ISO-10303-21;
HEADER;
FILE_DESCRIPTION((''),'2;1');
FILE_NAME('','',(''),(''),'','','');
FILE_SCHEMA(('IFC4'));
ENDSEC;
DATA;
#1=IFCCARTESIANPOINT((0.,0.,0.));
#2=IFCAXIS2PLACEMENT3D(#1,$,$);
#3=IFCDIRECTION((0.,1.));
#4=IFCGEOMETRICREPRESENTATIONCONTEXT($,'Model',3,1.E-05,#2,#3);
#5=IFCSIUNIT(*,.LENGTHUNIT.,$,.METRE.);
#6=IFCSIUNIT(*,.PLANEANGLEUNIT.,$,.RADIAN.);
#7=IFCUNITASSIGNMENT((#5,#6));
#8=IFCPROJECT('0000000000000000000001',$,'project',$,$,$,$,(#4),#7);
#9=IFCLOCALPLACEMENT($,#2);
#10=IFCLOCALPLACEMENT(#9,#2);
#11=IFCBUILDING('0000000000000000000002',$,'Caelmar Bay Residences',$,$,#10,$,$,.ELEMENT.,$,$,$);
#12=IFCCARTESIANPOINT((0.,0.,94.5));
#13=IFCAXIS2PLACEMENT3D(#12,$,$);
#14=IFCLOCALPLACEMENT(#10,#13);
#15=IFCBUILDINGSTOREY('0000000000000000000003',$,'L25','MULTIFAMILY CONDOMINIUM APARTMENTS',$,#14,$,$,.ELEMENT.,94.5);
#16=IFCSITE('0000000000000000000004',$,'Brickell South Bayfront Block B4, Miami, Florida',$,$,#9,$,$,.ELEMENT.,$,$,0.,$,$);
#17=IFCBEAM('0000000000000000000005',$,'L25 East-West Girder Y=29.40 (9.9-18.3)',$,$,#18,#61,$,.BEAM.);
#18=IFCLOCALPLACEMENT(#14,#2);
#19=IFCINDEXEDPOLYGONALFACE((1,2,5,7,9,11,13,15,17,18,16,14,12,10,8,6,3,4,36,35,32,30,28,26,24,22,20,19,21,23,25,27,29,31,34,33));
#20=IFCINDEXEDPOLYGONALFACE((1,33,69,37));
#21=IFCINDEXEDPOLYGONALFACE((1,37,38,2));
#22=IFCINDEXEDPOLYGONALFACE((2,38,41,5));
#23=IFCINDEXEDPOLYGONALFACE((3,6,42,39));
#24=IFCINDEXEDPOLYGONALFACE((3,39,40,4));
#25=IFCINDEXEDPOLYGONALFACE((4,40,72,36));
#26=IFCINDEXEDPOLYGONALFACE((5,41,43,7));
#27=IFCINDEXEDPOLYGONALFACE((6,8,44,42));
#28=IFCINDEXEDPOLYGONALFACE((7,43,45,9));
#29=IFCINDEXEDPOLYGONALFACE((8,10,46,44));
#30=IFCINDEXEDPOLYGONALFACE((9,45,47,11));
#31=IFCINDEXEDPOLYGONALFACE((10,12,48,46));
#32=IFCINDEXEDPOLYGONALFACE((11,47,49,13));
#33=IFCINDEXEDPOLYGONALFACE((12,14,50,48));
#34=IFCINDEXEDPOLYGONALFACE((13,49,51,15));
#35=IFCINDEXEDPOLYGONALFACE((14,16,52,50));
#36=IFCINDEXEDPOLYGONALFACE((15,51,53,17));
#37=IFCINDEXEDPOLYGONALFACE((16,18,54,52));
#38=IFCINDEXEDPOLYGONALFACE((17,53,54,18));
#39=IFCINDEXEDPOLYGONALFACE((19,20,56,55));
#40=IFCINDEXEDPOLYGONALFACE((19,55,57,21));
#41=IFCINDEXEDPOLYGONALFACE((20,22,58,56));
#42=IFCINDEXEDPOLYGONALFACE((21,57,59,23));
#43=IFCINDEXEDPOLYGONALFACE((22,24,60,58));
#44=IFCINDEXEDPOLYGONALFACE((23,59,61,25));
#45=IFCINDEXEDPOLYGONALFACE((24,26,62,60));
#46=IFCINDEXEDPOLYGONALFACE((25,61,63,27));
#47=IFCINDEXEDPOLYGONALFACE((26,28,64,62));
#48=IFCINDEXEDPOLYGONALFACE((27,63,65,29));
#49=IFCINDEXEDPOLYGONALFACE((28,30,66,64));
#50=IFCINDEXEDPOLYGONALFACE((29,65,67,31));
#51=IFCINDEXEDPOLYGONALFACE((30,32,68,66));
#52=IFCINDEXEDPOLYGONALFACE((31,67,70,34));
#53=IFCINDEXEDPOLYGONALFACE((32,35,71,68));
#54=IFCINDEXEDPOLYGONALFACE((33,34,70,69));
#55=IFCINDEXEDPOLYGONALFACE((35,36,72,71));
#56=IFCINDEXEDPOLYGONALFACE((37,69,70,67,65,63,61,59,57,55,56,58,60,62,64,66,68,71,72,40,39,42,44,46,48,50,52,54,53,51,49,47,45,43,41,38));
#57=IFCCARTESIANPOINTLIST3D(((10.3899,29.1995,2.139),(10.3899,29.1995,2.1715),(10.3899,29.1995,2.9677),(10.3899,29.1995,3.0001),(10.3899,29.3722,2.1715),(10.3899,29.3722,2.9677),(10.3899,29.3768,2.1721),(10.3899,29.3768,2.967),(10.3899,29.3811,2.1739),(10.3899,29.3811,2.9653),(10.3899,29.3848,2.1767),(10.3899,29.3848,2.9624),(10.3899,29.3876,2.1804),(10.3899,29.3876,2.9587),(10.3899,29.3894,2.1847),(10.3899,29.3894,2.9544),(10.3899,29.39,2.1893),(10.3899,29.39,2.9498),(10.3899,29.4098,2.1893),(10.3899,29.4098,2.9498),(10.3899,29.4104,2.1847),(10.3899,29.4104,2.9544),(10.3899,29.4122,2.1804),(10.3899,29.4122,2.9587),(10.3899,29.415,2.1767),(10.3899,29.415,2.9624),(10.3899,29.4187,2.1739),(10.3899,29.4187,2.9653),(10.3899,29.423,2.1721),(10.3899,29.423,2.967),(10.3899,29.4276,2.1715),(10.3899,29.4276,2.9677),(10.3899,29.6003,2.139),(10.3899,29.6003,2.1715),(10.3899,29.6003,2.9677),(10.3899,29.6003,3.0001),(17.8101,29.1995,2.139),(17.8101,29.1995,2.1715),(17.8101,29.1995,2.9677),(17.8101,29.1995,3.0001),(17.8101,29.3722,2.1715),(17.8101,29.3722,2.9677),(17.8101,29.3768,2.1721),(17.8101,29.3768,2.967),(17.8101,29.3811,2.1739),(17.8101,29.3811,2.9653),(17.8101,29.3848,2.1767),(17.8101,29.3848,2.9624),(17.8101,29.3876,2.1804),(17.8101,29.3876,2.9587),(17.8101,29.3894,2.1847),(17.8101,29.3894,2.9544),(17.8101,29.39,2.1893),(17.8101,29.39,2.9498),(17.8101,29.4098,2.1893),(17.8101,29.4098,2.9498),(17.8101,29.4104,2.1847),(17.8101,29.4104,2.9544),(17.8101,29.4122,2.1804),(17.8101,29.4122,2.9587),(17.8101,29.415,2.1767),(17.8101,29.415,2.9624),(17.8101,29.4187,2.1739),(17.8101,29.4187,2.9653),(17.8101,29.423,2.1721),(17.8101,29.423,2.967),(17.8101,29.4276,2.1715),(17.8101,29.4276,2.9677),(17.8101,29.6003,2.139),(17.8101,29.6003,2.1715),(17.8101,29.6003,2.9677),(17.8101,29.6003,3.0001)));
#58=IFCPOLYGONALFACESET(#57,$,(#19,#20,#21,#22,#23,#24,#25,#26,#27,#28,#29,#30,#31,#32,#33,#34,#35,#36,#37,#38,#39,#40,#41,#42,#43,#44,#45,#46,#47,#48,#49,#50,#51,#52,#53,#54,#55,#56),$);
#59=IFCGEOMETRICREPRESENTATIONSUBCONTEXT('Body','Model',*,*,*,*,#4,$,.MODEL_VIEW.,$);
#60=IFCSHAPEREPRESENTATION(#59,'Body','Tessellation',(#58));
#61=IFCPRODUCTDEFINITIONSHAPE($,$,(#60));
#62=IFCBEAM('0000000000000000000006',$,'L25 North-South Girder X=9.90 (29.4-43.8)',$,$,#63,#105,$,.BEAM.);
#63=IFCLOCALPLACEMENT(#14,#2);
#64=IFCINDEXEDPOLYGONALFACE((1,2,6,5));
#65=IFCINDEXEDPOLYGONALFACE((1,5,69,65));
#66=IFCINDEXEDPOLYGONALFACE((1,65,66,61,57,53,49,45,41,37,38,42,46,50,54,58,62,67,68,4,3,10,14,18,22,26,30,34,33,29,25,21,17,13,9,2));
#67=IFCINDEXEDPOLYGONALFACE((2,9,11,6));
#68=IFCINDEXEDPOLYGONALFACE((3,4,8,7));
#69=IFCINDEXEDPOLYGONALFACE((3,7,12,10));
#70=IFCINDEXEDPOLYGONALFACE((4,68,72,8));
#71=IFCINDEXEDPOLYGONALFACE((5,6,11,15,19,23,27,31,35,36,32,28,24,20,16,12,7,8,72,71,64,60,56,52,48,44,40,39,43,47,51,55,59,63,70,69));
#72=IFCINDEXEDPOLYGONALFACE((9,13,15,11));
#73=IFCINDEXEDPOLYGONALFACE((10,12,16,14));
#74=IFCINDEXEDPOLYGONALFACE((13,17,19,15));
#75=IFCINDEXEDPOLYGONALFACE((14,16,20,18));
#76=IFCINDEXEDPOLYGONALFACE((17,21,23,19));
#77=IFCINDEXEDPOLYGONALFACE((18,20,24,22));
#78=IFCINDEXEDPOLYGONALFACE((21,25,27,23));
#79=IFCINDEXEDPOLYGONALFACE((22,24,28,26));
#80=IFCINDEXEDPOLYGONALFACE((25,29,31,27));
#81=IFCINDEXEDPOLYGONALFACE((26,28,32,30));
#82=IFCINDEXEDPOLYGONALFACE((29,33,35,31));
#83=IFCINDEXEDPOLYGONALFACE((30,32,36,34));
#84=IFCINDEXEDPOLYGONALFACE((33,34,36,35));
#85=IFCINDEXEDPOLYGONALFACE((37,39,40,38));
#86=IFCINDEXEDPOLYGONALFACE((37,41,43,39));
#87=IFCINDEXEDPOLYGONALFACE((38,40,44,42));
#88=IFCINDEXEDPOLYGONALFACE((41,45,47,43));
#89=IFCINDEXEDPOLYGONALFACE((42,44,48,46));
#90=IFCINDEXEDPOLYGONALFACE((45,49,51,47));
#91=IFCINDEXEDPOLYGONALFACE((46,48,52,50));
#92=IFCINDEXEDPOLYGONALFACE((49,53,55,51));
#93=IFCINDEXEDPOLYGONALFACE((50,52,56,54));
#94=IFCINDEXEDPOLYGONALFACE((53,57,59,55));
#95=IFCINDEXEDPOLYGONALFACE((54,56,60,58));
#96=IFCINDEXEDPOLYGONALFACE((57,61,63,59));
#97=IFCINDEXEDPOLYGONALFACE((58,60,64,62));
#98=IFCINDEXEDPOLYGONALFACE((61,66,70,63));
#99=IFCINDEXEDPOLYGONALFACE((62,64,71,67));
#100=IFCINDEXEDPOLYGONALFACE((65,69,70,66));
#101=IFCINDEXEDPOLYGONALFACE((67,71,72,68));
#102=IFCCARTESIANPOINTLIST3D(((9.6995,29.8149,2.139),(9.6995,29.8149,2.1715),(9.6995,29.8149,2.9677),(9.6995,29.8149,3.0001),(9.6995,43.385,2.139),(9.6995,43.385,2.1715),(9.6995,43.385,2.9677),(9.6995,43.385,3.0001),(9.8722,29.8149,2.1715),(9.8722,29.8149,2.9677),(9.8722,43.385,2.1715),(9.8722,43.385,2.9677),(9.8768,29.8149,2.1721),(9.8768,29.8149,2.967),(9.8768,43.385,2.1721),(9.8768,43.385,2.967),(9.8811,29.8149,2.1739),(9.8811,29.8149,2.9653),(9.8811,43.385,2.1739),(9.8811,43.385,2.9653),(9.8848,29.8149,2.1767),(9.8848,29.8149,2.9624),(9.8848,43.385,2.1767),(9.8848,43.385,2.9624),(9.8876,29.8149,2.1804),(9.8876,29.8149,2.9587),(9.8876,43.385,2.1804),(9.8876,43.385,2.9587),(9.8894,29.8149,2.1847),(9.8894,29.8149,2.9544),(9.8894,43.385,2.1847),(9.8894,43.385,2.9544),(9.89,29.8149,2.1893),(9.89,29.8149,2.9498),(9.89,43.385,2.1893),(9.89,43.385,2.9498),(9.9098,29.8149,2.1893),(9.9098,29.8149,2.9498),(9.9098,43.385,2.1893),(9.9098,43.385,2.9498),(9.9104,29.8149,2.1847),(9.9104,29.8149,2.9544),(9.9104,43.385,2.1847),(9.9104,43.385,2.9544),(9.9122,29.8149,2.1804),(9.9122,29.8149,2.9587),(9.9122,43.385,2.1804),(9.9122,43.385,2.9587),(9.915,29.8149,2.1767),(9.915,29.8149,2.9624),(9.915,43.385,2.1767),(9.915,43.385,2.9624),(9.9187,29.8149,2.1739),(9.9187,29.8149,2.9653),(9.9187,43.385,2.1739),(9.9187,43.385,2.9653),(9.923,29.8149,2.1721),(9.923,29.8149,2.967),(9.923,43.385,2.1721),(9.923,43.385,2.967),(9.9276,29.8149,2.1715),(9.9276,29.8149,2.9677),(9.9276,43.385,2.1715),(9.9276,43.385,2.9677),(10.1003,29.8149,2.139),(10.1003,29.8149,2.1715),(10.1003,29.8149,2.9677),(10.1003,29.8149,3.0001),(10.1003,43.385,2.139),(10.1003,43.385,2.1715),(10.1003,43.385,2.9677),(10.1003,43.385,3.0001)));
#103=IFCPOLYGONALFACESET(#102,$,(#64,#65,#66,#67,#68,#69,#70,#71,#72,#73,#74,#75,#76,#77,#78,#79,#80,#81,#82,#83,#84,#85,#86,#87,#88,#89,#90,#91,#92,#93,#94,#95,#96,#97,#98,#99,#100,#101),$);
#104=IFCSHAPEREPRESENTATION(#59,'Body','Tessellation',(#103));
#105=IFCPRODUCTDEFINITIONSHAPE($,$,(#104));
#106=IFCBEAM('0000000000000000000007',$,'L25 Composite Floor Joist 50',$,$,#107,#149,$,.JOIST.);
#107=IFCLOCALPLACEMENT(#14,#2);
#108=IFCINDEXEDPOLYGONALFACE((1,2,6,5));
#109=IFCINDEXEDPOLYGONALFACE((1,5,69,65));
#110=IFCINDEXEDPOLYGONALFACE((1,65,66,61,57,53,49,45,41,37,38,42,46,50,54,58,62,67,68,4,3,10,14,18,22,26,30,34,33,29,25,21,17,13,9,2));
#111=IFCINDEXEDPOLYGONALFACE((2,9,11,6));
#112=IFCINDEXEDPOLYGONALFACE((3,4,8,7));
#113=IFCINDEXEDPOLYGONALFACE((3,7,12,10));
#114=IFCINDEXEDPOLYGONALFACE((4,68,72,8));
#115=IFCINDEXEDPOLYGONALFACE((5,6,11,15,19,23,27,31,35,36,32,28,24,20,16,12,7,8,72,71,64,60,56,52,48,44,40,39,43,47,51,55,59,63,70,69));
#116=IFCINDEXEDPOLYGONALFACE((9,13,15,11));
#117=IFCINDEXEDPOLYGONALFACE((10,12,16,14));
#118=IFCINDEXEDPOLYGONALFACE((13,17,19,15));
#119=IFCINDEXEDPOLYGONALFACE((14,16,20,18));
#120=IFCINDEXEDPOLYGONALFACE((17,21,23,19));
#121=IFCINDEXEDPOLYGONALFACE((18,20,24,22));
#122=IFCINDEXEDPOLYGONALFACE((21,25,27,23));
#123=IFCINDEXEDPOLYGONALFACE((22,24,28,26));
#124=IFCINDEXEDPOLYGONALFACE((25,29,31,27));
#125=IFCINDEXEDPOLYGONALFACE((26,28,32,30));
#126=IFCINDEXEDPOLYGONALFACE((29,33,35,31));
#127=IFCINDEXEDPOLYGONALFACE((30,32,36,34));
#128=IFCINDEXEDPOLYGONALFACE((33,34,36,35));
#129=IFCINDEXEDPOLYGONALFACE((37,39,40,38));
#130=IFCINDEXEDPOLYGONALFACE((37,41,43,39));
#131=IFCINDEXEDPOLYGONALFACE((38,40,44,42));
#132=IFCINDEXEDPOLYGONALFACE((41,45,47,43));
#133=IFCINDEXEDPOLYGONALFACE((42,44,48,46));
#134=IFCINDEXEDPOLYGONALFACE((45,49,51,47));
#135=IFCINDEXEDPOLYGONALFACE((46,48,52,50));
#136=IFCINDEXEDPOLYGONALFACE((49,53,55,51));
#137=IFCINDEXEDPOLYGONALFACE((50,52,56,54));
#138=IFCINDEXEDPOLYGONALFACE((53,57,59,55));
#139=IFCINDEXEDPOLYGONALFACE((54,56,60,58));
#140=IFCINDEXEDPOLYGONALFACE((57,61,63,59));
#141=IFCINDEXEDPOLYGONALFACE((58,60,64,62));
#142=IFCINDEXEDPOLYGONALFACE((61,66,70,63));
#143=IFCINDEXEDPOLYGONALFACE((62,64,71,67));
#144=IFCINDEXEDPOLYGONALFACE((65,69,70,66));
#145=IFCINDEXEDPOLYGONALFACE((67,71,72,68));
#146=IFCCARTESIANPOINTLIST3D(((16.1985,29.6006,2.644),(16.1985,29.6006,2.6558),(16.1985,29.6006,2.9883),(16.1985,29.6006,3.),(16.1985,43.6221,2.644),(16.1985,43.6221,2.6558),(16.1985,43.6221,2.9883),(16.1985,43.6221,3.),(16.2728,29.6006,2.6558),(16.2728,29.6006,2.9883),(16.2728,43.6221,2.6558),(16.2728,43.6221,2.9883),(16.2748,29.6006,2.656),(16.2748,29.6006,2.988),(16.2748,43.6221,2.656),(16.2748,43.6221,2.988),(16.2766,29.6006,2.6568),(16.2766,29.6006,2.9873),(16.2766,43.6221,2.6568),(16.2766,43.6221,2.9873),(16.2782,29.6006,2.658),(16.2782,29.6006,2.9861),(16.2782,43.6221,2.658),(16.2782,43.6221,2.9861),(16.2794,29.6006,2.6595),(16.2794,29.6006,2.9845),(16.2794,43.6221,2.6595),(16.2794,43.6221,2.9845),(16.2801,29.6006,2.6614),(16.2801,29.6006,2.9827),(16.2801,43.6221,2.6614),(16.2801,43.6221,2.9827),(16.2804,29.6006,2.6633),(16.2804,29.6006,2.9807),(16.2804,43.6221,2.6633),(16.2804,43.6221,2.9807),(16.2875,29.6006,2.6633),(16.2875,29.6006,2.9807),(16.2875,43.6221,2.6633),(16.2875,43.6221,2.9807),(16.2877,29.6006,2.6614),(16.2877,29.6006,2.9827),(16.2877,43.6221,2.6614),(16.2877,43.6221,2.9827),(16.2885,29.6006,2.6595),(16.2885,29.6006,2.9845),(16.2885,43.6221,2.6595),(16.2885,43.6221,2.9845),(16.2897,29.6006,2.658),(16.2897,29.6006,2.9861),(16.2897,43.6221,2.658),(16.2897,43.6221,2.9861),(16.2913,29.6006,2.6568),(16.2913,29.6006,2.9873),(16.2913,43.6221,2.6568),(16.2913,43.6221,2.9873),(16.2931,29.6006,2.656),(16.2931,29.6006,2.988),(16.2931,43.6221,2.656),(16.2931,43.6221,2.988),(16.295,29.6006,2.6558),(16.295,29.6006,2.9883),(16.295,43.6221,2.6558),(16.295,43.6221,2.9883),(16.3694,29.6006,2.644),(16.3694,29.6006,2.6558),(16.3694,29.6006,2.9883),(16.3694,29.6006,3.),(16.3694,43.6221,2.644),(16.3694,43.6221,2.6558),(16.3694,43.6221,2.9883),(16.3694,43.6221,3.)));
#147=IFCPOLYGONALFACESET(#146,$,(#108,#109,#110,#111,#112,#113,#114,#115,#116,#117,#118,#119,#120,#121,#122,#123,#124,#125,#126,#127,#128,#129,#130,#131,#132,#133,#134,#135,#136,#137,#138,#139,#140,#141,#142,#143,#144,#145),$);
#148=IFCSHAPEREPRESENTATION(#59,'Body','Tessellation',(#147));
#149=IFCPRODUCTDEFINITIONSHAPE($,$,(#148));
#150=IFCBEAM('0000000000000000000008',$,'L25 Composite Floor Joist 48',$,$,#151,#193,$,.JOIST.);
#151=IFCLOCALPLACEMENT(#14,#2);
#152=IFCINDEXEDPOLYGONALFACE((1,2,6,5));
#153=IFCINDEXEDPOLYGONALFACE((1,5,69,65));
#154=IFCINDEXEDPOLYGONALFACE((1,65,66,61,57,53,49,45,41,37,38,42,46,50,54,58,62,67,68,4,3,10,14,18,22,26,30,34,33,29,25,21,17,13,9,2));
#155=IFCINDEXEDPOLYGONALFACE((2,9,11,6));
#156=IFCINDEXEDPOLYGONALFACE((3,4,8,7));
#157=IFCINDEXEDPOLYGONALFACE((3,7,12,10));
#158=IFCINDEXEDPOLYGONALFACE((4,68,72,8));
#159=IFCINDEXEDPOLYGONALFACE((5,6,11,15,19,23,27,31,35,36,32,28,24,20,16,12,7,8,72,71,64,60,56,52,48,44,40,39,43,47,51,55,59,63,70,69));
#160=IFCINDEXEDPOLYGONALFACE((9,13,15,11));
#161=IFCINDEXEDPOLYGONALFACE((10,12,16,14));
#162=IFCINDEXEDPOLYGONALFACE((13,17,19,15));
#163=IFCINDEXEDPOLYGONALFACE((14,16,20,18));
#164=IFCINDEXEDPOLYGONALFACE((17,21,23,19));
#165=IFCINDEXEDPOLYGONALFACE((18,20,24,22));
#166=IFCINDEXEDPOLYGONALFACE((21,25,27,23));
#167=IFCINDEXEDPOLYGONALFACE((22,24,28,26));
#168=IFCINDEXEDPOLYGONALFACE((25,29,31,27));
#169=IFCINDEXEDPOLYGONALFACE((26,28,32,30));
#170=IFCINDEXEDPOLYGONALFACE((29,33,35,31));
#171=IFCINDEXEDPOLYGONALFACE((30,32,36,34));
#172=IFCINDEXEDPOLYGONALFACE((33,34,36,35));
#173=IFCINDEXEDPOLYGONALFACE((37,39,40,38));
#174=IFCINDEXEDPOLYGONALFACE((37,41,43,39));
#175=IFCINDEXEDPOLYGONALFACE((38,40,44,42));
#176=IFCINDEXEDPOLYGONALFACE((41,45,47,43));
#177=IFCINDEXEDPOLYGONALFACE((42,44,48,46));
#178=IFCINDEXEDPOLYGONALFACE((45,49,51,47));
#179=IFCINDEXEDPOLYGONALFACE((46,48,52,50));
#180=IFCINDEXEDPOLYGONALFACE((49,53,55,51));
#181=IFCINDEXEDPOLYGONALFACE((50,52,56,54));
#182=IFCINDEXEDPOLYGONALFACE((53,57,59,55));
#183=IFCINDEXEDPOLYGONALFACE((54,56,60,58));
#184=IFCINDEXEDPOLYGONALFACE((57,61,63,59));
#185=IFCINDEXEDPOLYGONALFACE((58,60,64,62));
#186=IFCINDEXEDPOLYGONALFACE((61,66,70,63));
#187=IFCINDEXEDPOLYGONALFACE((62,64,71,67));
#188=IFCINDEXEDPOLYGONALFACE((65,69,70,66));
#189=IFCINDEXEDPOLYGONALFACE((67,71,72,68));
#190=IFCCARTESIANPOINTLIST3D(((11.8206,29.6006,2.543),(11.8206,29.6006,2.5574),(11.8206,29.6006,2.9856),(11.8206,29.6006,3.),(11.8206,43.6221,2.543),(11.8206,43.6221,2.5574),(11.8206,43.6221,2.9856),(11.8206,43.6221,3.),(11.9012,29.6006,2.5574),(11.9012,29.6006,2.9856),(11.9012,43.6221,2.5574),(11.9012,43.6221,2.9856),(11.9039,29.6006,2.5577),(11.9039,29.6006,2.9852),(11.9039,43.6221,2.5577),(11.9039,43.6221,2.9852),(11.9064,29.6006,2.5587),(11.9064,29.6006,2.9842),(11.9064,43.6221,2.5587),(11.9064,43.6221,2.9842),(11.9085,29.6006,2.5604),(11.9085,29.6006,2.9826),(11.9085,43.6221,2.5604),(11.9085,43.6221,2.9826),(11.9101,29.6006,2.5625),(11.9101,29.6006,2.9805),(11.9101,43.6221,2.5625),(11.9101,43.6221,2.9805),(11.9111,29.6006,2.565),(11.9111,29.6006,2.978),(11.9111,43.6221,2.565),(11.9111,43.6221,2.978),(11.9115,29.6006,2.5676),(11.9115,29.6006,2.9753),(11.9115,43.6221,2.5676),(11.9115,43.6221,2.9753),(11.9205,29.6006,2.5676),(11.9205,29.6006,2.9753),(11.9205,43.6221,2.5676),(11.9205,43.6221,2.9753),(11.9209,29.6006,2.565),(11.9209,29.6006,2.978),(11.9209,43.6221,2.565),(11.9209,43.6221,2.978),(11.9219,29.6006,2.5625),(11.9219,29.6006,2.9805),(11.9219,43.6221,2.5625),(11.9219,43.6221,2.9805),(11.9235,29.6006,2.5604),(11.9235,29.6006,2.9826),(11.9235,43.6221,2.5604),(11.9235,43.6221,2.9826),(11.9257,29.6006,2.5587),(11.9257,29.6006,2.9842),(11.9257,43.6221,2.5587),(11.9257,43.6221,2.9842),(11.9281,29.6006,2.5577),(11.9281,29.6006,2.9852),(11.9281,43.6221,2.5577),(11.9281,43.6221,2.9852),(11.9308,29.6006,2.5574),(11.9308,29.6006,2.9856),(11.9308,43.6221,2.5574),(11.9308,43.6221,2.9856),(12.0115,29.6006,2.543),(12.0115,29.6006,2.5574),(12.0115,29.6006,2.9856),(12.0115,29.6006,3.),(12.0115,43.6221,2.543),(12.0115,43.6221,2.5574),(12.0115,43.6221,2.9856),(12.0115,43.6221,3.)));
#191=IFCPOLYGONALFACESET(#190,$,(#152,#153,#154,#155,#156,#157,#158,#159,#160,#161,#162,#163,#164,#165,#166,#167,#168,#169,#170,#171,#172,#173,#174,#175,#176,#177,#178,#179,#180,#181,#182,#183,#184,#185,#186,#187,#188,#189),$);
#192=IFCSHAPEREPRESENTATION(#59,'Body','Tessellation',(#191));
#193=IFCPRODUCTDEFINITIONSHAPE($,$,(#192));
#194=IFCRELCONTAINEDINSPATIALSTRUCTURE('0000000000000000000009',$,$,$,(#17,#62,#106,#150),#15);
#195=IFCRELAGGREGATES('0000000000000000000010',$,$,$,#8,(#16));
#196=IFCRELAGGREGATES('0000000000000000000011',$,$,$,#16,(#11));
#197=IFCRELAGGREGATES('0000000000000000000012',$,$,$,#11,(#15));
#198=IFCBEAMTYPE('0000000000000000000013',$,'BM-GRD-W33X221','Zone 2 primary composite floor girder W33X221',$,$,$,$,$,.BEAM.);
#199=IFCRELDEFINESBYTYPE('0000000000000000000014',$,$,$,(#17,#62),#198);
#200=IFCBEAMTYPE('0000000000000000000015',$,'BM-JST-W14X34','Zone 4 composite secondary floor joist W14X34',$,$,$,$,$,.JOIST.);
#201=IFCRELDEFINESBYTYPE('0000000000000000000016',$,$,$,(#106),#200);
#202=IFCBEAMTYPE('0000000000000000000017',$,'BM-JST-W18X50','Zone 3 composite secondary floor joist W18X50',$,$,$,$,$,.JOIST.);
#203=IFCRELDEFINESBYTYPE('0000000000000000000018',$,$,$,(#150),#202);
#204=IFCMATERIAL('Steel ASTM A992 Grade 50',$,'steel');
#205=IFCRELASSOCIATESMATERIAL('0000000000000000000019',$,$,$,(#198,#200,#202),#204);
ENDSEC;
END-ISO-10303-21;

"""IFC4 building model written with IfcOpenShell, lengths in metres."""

from ifc_helpers import new_model, si_unit, direction, frame, origin, origin_2d, place, context, subcontext, project, spatial, i_section, extrude, material, material_profile, profile_set, type_object, element, save


model = new_model("IFC4")

# Units and contexts
model_context = context("Model", 3, precision=1e-05, world=origin(), true_north=direction((0.0, 1.0)))
body_context = subcontext(model_context, "Body", "Model", "MODEL_VIEW")
ifc_project = project(units=[si_unit("LENGTHUNIT", "METRE"), si_unit("PLANEANGLEUNIT", "RADIAN")], contexts=[model_context])

# Site, building, storey
site_placement = place(None, origin())
site = spatial("IfcSite", under=ifc_project, at=site_placement, Name="Brickell South Bayfront Block B4, Miami, Florida", CompositionType="ELEMENT", RefElevation=0.0)
building_placement = place(site_placement, origin())
building = spatial("IfcBuilding", under=site, at=building_placement, Name="Caelmar Bay Residences", CompositionType="ELEMENT")
storey_placement = place(building_placement, frame((0.0, 0.0, 94.5)))
storey = spatial("IfcBuildingStorey", under=building, at=storey_placement, Name="L25", Description="MULTIFAMILY CONDOMINIUM APARTMENTS", CompositionType="ELEMENT", Elevation=94.5)

# Beams
ifc_material_1 = material(Name="Steel ASTM A992 Grade 50", Category="steel")
ifc_material_profile_1 = material_profile(ifc_material_1, i_section(OverallWidth=0.4009, OverallDepth=0.8611, WebThickness=0.0198, FlangeThickness=0.0325, FilletRadius=0.0178, at=origin_2d()), Name="W33X221")
ifc_profile_set_1 = profile_set([ifc_material_profile_1], Name="Steel ASTM A992 Grade 50")
beam_type_1 = type_object("IfcBeamType", Name="BM-GRD-W33X221", Description="Zone 2 primary composite floor girder W33X221", PredefinedType="BEAM", material=ifc_profile_set_1)
beam_1_placement = place(storey_placement, frame((10.3899, 29.3999, 2.5696), z_axis=(1.0, 0.0, 0.0), x_axis=(0.0, 1.0, 0.0)))
element("IfcBeam", 1, at=beam_1_placement, inside=storey, type_object=beam_type_1, Name="L25 East-West Girder Y=29.40 (9.9-18.3)", PredefinedType="BEAM", context=body_context, shape_type="SweptSolid", body=[
    extrude(i_section(OverallWidth=0.4009, OverallDepth=0.8611, WebThickness=0.0198, FlangeThickness=0.0325, FilletRadius=0.0178, at=origin_2d()), origin(), (0.0, 0.0, 1.0), 7.4202),
])
beam_2_placement = place(storey_placement, frame((9.8999, 29.8149, 2.5696), z_axis=(0.0, 1.0, 0.0), x_axis=(-1.0, 0.0, 0.0)))
element("IfcBeam", 2, at=beam_2_placement, inside=storey, type_object=beam_type_1, Name="L25 North-South Girder X=9.90 (29.4-43.8)", PredefinedType="BEAM", context=body_context, shape_type="SweptSolid", body=[
    extrude(i_section(OverallWidth=0.4009, OverallDepth=0.8611, WebThickness=0.0198, FlangeThickness=0.0325, FilletRadius=0.0178, at=origin_2d()), origin(), (0.0, 0.0, 1.0), 13.5701),
])
ifc_material_profile_2 = material_profile(ifc_material_1, i_section(OverallWidth=0.1709, OverallDepth=0.356, WebThickness=0.0071, FlangeThickness=0.0117, FilletRadius=0.0076, at=origin_2d()), Name="W14X34")
ifc_profile_set_2 = profile_set([ifc_material_profile_2], Name="Steel ASTM A992 Grade 50")
beam_type_2 = type_object("IfcBeamType", Name="BM-JST-W14X34", Description="Zone 4 composite secondary floor joist W14X34", PredefinedType="JOIST", material=ifc_profile_set_2)
beam_3_placement = place(storey_placement, frame((16.2839, 29.6006, 2.822), z_axis=(0.0, 1.0, 0.0), x_axis=(-1.0, 0.0, 0.0)))
element("IfcBeam", 3, at=beam_3_placement, inside=storey, type_object=beam_type_2, Name="L25 Composite Floor Joist 50", PredefinedType="JOIST", context=body_context, shape_type="SweptSolid", body=[
    extrude(i_section(OverallWidth=0.1709, OverallDepth=0.356, WebThickness=0.0071, FlangeThickness=0.0117, FilletRadius=0.0076, at=origin_2d()), origin(), (0.0, 0.0, 1.0), 14.0215),
])
ifc_material_profile_3 = material_profile(ifc_material_1, i_section(OverallWidth=0.1909, OverallDepth=0.457, WebThickness=0.009, FlangeThickness=0.0144, FilletRadius=0.0103, at=origin_2d()), Name="W18X50")
ifc_profile_set_3 = profile_set([ifc_material_profile_3], Name="Steel ASTM A992 Grade 50")
beam_type_3 = type_object("IfcBeamType", Name="BM-JST-W18X50", Description="Zone 3 composite secondary floor joist W18X50", PredefinedType="JOIST", material=ifc_profile_set_3)
beam_4_placement = place(storey_placement, frame((11.916, 29.6006, 2.7715), z_axis=(0.0, 1.0, 0.0), x_axis=(-1.0, 0.0, 0.0)))
element("IfcBeam", 4, at=beam_4_placement, inside=storey, type_object=beam_type_3, Name="L25 Composite Floor Joist 48", PredefinedType="JOIST", context=body_context, shape_type="SweptSolid", body=[
    extrude(i_section(OverallWidth=0.1909, OverallDepth=0.457, WebThickness=0.009, FlangeThickness=0.0144, FilletRadius=0.0103, at=origin_2d()), origin(), (0.0, 0.0, 1.0), 14.0215),
])

save(model, "model.ifc")
